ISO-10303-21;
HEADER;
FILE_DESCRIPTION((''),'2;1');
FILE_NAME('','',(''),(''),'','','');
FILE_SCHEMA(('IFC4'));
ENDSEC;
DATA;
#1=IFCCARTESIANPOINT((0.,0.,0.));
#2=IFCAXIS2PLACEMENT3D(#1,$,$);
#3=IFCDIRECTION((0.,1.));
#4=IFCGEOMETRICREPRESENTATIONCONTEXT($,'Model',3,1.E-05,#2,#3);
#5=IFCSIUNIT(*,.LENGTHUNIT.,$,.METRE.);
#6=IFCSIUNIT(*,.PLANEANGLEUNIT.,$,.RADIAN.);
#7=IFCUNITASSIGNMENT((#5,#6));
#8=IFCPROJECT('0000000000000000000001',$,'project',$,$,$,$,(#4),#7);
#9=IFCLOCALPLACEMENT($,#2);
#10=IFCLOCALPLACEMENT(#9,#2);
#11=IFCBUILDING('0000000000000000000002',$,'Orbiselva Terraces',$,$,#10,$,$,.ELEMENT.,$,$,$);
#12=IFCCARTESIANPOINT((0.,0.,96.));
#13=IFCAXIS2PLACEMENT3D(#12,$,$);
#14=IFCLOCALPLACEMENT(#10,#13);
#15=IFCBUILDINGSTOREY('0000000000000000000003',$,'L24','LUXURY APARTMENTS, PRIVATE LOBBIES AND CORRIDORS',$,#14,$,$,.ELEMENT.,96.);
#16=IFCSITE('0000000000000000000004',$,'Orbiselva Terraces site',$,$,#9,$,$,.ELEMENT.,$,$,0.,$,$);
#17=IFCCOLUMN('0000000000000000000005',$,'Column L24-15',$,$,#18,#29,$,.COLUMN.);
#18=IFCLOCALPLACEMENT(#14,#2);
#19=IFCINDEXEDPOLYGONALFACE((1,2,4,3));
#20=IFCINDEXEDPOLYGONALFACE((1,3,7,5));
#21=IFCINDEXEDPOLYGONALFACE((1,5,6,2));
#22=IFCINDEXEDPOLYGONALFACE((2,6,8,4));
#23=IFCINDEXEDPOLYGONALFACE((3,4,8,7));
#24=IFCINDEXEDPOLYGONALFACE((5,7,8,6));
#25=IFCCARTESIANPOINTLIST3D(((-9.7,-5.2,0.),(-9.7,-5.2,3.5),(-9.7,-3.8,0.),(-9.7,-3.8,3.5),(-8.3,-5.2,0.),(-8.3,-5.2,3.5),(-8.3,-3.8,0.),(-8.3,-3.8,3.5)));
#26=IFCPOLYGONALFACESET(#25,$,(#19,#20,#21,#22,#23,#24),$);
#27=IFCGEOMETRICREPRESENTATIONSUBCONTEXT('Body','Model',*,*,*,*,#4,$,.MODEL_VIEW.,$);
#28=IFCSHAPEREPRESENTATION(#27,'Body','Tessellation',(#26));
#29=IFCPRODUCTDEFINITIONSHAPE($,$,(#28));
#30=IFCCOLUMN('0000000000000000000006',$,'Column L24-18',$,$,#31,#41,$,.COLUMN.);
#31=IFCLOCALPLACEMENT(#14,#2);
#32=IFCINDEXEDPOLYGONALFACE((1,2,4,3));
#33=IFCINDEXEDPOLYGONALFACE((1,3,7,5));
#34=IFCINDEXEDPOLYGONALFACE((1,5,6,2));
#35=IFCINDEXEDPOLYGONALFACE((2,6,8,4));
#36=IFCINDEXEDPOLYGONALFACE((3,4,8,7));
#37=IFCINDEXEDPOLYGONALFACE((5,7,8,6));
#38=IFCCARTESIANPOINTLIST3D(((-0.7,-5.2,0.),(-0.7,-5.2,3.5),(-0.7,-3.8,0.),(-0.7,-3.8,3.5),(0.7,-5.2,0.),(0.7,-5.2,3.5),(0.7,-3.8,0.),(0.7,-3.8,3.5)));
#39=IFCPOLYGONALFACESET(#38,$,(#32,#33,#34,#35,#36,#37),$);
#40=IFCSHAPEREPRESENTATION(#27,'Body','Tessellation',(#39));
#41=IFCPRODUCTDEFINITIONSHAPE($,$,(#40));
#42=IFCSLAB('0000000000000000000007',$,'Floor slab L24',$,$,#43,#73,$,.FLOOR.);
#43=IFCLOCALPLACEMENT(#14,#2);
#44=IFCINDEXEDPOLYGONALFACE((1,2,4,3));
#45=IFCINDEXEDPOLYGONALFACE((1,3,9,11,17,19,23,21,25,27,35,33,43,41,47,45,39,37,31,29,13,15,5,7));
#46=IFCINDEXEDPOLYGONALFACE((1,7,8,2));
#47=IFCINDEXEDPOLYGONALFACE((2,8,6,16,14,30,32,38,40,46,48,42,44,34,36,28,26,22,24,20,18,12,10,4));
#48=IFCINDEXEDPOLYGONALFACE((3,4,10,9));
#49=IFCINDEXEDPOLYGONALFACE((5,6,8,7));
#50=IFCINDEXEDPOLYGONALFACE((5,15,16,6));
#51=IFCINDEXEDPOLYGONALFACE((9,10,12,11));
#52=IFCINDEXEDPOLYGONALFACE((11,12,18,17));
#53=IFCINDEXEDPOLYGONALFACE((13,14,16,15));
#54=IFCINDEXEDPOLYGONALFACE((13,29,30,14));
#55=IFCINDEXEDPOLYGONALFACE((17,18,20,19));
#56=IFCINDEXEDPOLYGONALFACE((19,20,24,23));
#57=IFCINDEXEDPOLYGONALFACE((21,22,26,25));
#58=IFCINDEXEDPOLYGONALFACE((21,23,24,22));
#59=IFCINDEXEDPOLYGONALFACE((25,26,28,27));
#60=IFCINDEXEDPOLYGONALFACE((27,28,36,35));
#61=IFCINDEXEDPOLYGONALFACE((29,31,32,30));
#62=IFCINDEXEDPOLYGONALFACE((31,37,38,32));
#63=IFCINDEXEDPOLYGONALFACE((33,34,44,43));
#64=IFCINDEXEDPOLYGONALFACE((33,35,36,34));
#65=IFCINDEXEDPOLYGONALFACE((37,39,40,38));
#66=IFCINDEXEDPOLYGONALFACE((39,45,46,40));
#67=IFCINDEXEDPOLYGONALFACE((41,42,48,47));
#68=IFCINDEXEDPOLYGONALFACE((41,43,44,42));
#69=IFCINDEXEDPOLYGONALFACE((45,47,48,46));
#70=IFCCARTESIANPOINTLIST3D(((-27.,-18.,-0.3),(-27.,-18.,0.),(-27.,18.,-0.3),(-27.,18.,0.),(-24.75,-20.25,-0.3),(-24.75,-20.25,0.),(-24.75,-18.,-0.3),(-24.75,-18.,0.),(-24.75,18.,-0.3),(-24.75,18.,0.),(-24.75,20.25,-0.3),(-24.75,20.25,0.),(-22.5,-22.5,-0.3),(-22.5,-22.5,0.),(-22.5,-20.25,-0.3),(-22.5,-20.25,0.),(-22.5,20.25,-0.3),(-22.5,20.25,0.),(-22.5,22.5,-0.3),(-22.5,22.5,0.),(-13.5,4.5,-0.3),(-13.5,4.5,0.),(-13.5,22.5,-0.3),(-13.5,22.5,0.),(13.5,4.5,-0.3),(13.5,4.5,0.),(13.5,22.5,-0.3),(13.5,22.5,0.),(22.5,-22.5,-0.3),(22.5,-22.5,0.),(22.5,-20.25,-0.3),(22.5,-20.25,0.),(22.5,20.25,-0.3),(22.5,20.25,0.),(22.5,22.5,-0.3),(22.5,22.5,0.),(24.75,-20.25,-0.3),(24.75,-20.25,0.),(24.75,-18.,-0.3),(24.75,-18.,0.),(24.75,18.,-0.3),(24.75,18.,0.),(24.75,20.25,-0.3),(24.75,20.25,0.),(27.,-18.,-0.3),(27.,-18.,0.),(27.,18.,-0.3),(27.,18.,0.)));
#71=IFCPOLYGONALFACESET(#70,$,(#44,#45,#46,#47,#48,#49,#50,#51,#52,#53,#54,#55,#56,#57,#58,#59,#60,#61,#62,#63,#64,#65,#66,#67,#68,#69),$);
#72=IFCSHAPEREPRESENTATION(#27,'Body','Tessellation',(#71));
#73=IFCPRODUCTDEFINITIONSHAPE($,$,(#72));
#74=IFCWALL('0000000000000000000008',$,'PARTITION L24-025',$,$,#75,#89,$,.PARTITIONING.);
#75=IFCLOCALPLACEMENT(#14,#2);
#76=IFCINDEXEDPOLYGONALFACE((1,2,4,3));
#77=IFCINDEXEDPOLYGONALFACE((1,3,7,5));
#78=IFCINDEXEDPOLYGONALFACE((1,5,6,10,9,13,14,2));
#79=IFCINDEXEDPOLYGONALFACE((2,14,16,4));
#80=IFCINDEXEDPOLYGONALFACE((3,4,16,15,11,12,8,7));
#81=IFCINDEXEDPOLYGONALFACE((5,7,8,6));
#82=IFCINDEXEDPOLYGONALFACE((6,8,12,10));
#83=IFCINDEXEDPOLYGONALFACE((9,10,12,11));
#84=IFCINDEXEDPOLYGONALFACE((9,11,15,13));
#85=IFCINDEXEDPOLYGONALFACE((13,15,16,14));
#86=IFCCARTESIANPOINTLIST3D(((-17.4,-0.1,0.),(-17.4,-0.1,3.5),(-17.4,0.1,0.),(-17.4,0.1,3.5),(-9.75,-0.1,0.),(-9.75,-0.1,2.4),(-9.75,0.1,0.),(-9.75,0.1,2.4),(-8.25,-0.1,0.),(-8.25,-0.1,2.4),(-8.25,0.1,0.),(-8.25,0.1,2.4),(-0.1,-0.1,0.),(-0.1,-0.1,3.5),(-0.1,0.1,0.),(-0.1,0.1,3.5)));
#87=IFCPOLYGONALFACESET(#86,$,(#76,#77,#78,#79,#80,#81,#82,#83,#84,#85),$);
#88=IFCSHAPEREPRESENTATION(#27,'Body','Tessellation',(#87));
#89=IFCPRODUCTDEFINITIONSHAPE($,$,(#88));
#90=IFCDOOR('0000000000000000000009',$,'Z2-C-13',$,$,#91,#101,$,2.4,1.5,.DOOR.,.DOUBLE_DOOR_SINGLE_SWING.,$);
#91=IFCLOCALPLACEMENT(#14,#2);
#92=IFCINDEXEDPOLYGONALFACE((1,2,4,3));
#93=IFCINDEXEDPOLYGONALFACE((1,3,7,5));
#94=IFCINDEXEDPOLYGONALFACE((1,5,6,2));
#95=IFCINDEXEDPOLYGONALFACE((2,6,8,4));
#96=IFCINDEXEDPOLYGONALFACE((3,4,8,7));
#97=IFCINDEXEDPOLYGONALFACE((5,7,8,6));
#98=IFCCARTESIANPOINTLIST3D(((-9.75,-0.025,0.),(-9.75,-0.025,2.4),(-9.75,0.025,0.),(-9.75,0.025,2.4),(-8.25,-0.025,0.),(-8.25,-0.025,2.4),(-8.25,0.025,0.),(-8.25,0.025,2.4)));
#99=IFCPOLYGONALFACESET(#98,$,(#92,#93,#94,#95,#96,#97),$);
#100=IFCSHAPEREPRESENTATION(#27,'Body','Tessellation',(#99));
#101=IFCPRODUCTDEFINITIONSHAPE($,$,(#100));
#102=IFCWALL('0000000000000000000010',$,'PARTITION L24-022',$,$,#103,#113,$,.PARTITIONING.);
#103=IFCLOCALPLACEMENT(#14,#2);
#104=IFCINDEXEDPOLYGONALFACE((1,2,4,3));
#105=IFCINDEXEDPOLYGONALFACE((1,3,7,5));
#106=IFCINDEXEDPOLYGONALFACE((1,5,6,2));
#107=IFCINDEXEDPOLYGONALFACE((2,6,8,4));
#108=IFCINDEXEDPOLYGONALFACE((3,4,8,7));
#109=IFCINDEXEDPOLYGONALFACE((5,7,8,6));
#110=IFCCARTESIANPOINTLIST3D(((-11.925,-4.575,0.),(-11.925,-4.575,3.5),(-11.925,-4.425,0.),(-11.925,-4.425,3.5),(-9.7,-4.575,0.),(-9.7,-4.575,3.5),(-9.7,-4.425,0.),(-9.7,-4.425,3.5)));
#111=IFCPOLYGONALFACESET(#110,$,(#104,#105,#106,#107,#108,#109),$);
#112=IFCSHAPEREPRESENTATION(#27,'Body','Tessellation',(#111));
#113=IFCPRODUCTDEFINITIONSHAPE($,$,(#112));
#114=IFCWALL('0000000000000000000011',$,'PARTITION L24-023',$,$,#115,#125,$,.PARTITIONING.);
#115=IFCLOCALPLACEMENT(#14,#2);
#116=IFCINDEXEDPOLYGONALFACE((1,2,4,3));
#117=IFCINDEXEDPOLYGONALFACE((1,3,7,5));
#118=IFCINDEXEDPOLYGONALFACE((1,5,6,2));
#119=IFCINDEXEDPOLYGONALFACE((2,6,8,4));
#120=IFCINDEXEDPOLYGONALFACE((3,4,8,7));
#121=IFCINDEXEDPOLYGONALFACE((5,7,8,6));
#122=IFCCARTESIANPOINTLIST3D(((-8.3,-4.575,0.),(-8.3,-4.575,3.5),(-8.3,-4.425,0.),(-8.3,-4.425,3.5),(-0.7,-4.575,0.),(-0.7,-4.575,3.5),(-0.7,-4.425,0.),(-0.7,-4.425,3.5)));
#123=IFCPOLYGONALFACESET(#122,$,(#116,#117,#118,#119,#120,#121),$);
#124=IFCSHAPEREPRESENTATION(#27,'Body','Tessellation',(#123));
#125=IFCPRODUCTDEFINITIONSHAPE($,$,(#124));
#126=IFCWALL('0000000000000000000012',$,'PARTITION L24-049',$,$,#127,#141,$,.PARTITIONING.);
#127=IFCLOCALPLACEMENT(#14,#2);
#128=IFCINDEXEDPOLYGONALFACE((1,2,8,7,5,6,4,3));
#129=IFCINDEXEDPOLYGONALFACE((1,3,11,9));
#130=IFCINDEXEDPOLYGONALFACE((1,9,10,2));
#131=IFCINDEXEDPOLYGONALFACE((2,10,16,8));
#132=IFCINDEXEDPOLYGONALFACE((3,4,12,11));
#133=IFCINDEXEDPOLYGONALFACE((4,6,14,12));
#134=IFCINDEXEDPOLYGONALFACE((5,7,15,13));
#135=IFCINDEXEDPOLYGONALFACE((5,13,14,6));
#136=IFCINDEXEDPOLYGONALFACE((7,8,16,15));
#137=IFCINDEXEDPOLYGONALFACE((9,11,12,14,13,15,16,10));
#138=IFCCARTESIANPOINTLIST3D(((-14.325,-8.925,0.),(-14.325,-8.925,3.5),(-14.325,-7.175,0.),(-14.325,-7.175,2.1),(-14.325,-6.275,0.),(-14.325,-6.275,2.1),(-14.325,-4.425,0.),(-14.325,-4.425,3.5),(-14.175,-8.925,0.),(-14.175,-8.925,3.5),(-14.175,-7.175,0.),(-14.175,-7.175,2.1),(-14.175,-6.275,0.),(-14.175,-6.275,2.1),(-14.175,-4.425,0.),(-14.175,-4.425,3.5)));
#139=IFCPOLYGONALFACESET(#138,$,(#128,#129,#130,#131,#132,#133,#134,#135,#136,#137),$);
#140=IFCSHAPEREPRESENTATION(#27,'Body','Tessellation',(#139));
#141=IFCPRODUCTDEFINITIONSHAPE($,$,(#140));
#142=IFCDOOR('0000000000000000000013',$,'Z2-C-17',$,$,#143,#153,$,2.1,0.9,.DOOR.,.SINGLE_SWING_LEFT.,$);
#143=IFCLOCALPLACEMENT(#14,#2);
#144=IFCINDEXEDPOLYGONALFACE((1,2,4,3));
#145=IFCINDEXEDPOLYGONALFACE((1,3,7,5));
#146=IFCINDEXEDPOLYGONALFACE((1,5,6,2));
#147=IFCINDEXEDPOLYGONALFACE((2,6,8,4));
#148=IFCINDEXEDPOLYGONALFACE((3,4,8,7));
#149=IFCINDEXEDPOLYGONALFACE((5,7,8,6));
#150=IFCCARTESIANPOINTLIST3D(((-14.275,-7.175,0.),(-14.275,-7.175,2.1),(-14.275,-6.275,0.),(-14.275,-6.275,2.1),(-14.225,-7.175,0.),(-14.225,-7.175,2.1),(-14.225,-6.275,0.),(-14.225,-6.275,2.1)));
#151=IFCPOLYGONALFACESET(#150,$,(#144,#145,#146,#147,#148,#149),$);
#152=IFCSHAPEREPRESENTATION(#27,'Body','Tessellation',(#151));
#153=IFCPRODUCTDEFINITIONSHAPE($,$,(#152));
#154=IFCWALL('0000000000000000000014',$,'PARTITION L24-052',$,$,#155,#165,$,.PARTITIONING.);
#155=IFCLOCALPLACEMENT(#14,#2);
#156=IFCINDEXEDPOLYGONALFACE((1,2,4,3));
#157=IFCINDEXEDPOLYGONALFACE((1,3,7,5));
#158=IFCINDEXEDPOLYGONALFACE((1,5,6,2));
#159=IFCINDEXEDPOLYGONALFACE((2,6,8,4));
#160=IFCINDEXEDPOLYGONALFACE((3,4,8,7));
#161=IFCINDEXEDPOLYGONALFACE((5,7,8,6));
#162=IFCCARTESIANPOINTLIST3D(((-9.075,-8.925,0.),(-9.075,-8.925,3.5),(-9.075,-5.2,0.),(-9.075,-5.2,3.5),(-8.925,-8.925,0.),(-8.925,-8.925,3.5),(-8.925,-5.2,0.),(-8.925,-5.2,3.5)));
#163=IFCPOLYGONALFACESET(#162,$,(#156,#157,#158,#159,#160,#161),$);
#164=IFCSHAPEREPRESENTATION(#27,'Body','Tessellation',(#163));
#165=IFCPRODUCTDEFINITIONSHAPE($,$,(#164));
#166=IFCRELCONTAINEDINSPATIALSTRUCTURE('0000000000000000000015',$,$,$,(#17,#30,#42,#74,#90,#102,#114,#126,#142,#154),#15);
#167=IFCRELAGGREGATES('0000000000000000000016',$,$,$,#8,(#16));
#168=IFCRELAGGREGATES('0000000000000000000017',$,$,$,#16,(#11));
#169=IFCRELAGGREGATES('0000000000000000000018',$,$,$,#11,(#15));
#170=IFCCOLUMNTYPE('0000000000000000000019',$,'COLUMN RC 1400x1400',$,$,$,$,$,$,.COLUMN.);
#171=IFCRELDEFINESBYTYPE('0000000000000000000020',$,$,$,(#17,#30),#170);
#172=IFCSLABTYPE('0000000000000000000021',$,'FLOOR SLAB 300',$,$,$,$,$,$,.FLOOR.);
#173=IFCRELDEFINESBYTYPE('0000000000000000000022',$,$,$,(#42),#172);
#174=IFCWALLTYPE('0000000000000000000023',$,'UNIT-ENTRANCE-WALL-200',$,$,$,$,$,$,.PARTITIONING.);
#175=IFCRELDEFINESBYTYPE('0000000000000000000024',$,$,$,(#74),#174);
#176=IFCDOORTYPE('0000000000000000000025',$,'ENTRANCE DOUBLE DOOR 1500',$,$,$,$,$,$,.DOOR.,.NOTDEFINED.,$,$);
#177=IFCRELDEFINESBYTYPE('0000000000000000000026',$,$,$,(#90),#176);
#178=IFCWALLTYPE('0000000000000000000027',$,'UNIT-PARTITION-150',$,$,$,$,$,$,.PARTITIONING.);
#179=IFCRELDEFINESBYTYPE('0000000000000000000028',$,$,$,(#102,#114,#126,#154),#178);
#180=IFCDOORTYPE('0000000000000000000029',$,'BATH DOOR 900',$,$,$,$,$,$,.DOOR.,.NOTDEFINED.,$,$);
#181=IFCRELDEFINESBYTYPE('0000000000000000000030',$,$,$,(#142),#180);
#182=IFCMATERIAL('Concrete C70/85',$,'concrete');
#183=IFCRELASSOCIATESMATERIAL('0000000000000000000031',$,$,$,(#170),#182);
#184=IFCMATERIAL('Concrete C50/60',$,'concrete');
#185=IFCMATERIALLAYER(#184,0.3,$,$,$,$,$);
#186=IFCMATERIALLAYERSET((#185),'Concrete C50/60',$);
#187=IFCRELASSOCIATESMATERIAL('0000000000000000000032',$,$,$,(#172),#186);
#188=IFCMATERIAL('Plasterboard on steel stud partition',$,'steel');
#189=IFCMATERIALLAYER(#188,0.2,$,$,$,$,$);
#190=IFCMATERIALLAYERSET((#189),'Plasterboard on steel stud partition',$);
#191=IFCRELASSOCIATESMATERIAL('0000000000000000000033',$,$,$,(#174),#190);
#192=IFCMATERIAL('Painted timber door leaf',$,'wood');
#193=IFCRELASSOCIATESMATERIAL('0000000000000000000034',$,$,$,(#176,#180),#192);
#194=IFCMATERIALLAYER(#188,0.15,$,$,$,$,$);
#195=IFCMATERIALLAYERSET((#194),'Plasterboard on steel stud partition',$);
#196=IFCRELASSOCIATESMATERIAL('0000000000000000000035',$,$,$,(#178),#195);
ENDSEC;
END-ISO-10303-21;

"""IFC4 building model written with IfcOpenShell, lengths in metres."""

from ifc_helpers import new_model, si_unit, direction, frame, frame_2d, origin, origin_2d, place, context, subcontext, project, spatial, polyline, rectangle, outline, extrude, material, layer, layer_set, material_profile, profile_set, type_object, element, fill, save


model = new_model("IFC4")

# Units and contexts
model_context = context("Model", 3, precision=1e-05, world=origin(), true_north=direction((0.0, 1.0)))
body_context = subcontext(model_context, "Body", "Model", "MODEL_VIEW")
ifc_project = project(units=[si_unit("LENGTHUNIT", "METRE"), si_unit("PLANEANGLEUNIT", "RADIAN")], contexts=[model_context])

# Site, building, storey
site_placement = place(None, origin())
site = spatial("IfcSite", under=ifc_project, at=site_placement, Name="Orbiselva Terraces site", CompositionType="ELEMENT", RefElevation=0.0)
building_placement = place(site_placement, origin())
building = spatial("IfcBuilding", under=site, at=building_placement, Name="Orbiselva Terraces", CompositionType="ELEMENT")
storey_placement = place(building_placement, frame((0.0, 0.0, 96.0)))
storey = spatial("IfcBuildingStorey", under=building, at=storey_placement, Name="L24", Description="LUXURY APARTMENTS, PRIVATE LOBBIES AND CORRIDORS", CompositionType="ELEMENT", Elevation=96.0)

# Columns
ifc_material_1 = material(Name="Concrete C70/85", Category="concrete")
ifc_material_profile = material_profile(ifc_material_1, rectangle(XDim=1.4, YDim=1.4, at=origin_2d()), Name="RC 1400x1400")
ifc_profile_set = profile_set([ifc_material_profile], Name="Concrete C70/85")
column_type = type_object("IfcColumnType", Name="COLUMN RC 1400x1400", PredefinedType="COLUMN", material=ifc_profile_set)
for number, where, z_axis, x_axis, name in (
    (1, (-9.0, -4.5, 0.0), (0.0, 0.0, 1.0), (1.0, 0.0, 0.0), "Column L24-15"),
    (2, (0.0, -4.5, 0.0), (0.0, 0.0, 1.0), (1.0, 0.0, 0.0), "Column L24-18"),
):
    element("IfcColumn", number, at=place(storey_placement, frame(where, z_axis=z_axis, x_axis=x_axis)), inside=storey, type_object=column_type, Name=name, PredefinedType="COLUMN", context=body_context, shape_type="SweptSolid", body=[
        extrude(rectangle(XDim=1.4, YDim=1.4, at=origin_2d()), origin(), (0.0, 0.0, 1.0), 3.5),
    ])

# Slab
ifc_material_2 = material(Name="Concrete C50/60", Category="concrete")
ifc_layer_1 = layer(ifc_material_2, 0.3)
ifc_layer_set_1 = layer_set([ifc_layer_1], Name="Concrete C50/60")
slab_type = type_object("IfcSlabType", Name="FLOOR SLAB 300", PredefinedType="FLOOR", material=ifc_layer_set_1)
slab_placement = place(storey_placement, frame((0.0, 0.0, -0.3)))
element("IfcSlab", 3, at=slab_placement, inside=storey, type_object=slab_type, Name="Floor slab L24", PredefinedType="FLOOR", context=body_context, shape_type="SweptSolid", body=[
    extrude(outline(polyline([(22.5, 22.5), (22.5, 20.25), (24.75, 20.25), (24.75, 18.0), (27.0, 18.0), (27.0, -18.0), (24.75, -18.0), (24.75, -20.25), (22.5, -20.25), (22.5, -22.5), (-22.5, -22.5), (-22.5, -20.25), (-24.75, -20.25), (-24.75, -18.0), (-27.0, -18.0), (-27.0, 18.0), (-24.75, 18.0), (-24.75, 20.25), (-22.5, 20.25), (-22.5, 22.5), (-13.5, 22.5), (-13.5, 4.5), (13.5, 4.5), (13.5, 22.5), (22.5, 22.5)])), origin(), (0.0, 0.0, 1.0), 0.3),
])

# Wall, opening, door
ifc_material_3 = material(Name="Plasterboard on steel stud partition", Category="steel")
ifc_layer_2 = layer(ifc_material_3, 0.2)
ifc_layer_set_2 = layer_set([ifc_layer_2], Name="Plasterboard on steel stud partition")
wall_type_1 = type_object("IfcWallType", Name="UNIT-ENTRANCE-WALL-200", PredefinedType="PARTITIONING", material=ifc_layer_set_2)
wall_1_placement = place(storey_placement, frame((-0.1, 0.0, 0.0), z_axis=(0.0, 0.0, 1.0), x_axis=(-1.0, 0.0, 0.0)))
wall_1 = element("IfcWall", 4, at=wall_1_placement, inside=storey, type_object=wall_type_1, Name="PARTITION L24-025", PredefinedType="PARTITIONING", context=body_context, shape_type="SweptSolid", body=[
    extrude(rectangle(XDim=17.3, YDim=0.2, at=frame_2d((8.65, 0.0))), origin(), (0.0, 0.0, 1.0), 3.5),
])
opening_1_placement = place(wall_1_placement, frame((8.15, 0.0, 0.0)))
opening_1 = element("IfcOpeningElement", 5, at=opening_1_placement, cuts=wall_1, PredefinedType="OPENING", context=body_context, shape_type="SweptSolid", body=[
    extrude(rectangle(XDim=1.5, YDim=2.4, at=frame_2d((0.75, 1.2))), frame((0.0, 0.11, 0.0), z_axis=(0.0, -1.0, 0.0), x_axis=(1.0, 0.0, 0.0)), (0.0, 0.0, 1.0), 0.22),
])
ifc_material_4 = material(Name="Painted timber door leaf", Category="wood")
door_type_1 = type_object("IfcDoorType", Name="ENTRANCE DOUBLE DOOR 1500", OperationType="NOTDEFINED", PredefinedType="DOOR", material=ifc_material_4)
door_1_placement = place(opening_1_placement, origin())
door_1 = element("IfcDoor", 6, at=door_1_placement, inside=storey, type_object=door_type_1, Name="Z2-C-13", OperationType="DOUBLE_DOOR_SINGLE_SWING", OverallHeight=2.4, OverallWidth=1.5, PredefinedType="DOOR", context=body_context, shape_type="SweptSolid", body=[
    extrude(rectangle(XDim=1.5, YDim=2.4, at=frame_2d((0.75, 1.2))), frame((0.0, 0.025, 0.0), z_axis=(0.0, -1.0, 0.0), x_axis=(1.0, 0.0, 0.0)), (0.0, 0.0, 1.0), 0.05),
])
fill(opening_1, door_1)

# Walls
ifc_layer_3 = layer(ifc_material_3, 0.15)
ifc_layer_set_3 = layer_set([ifc_layer_3], Name="Plasterboard on steel stud partition")
wall_type_2 = type_object("IfcWallType", Name="UNIT-PARTITION-150", PredefinedType="PARTITIONING", material=ifc_layer_set_3)
wall_2_placement = place(storey_placement, frame((-11.925, -4.5, 0.0), z_axis=(0.0, 0.0, 1.0), x_axis=(1.0, 0.0, 0.0)))
element("IfcWall", 7, at=wall_2_placement, inside=storey, type_object=wall_type_2, Name="PARTITION L24-022", PredefinedType="PARTITIONING", context=body_context, shape_type="SweptSolid", body=[
    extrude(rectangle(XDim=2.225, YDim=0.15, at=frame_2d((1.1125, 0.0))), origin(), (0.0, 0.0, 1.0), 3.5),
])
wall_3_placement = place(storey_placement, frame((-8.3, -4.5, 0.0), z_axis=(0.0, 0.0, 1.0), x_axis=(1.0, 0.0, 0.0)))
element("IfcWall", 8, at=wall_3_placement, inside=storey, type_object=wall_type_2, Name="PARTITION L24-023", PredefinedType="PARTITIONING", context=body_context, shape_type="SweptSolid", body=[
    extrude(rectangle(XDim=7.6, YDim=0.15, at=frame_2d((3.8, 0.0))), origin(), (0.0, 0.0, 1.0), 3.5),
])

# Wall, opening, door
wall_4_placement = place(storey_placement, frame((-14.25, -8.925, 0.0), z_axis=(0.0, 0.0, 1.0), x_axis=(0.0, 1.0, 0.0)))
wall_4 = element("IfcWall", 9, at=wall_4_placement, inside=storey, type_object=wall_type_2, Name="PARTITION L24-049", PredefinedType="PARTITIONING", context=body_context, shape_type="SweptSolid", body=[
    extrude(rectangle(XDim=4.5, YDim=0.15, at=frame_2d((2.25, 0.0))), origin(), (0.0, 0.0, 1.0), 3.5),
])
opening_2_placement = place(wall_4_placement, frame((1.75, 0.0, 0.0)))
opening_2 = element("IfcOpeningElement", 10, at=opening_2_placement, cuts=wall_4, PredefinedType="OPENING", context=body_context, shape_type="SweptSolid", body=[
    extrude(rectangle(XDim=0.9, YDim=2.1, at=frame_2d((0.45, 1.05))), frame((0.0, 0.085, 0.0), z_axis=(0.0, -1.0, 0.0), x_axis=(1.0, 0.0, 0.0)), (0.0, 0.0, 1.0), 0.17),
])
door_type_2 = type_object("IfcDoorType", Name="BATH DOOR 900", OperationType="NOTDEFINED", PredefinedType="DOOR", material=ifc_material_4)
door_2_placement = place(opening_2_placement, origin())
door_2 = element("IfcDoor", 11, at=door_2_placement, inside=storey, type_object=door_type_2, Name="Z2-C-17", OperationType="SINGLE_SWING_LEFT", OverallHeight=2.1, OverallWidth=0.9, PredefinedType="DOOR", context=body_context, shape_type="SweptSolid", body=[
    extrude(rectangle(XDim=0.9, YDim=2.1, at=frame_2d((0.45, 1.05))), frame((0.0, 0.025, 0.0), z_axis=(0.0, -1.0, 0.0), x_axis=(1.0, 0.0, 0.0)), (0.0, 0.0, 1.0), 0.05),
])
fill(opening_2, door_2)

# Wall
wall_5_placement = place(storey_placement, frame((-9.0, -8.925, 0.0), z_axis=(0.0, 0.0, 1.0), x_axis=(0.0, 1.0, 0.0)))
element("IfcWall", 12, at=wall_5_placement, inside=storey, type_object=wall_type_2, Name="PARTITION L24-052", PredefinedType="PARTITIONING", context=body_context, shape_type="SweptSolid", body=[
    extrude(rectangle(XDim=3.725, YDim=0.15, at=frame_2d((1.8625, 0.0))), origin(), (0.0, 0.0, 1.0), 3.5),
])

save(model, "model.ifc")
